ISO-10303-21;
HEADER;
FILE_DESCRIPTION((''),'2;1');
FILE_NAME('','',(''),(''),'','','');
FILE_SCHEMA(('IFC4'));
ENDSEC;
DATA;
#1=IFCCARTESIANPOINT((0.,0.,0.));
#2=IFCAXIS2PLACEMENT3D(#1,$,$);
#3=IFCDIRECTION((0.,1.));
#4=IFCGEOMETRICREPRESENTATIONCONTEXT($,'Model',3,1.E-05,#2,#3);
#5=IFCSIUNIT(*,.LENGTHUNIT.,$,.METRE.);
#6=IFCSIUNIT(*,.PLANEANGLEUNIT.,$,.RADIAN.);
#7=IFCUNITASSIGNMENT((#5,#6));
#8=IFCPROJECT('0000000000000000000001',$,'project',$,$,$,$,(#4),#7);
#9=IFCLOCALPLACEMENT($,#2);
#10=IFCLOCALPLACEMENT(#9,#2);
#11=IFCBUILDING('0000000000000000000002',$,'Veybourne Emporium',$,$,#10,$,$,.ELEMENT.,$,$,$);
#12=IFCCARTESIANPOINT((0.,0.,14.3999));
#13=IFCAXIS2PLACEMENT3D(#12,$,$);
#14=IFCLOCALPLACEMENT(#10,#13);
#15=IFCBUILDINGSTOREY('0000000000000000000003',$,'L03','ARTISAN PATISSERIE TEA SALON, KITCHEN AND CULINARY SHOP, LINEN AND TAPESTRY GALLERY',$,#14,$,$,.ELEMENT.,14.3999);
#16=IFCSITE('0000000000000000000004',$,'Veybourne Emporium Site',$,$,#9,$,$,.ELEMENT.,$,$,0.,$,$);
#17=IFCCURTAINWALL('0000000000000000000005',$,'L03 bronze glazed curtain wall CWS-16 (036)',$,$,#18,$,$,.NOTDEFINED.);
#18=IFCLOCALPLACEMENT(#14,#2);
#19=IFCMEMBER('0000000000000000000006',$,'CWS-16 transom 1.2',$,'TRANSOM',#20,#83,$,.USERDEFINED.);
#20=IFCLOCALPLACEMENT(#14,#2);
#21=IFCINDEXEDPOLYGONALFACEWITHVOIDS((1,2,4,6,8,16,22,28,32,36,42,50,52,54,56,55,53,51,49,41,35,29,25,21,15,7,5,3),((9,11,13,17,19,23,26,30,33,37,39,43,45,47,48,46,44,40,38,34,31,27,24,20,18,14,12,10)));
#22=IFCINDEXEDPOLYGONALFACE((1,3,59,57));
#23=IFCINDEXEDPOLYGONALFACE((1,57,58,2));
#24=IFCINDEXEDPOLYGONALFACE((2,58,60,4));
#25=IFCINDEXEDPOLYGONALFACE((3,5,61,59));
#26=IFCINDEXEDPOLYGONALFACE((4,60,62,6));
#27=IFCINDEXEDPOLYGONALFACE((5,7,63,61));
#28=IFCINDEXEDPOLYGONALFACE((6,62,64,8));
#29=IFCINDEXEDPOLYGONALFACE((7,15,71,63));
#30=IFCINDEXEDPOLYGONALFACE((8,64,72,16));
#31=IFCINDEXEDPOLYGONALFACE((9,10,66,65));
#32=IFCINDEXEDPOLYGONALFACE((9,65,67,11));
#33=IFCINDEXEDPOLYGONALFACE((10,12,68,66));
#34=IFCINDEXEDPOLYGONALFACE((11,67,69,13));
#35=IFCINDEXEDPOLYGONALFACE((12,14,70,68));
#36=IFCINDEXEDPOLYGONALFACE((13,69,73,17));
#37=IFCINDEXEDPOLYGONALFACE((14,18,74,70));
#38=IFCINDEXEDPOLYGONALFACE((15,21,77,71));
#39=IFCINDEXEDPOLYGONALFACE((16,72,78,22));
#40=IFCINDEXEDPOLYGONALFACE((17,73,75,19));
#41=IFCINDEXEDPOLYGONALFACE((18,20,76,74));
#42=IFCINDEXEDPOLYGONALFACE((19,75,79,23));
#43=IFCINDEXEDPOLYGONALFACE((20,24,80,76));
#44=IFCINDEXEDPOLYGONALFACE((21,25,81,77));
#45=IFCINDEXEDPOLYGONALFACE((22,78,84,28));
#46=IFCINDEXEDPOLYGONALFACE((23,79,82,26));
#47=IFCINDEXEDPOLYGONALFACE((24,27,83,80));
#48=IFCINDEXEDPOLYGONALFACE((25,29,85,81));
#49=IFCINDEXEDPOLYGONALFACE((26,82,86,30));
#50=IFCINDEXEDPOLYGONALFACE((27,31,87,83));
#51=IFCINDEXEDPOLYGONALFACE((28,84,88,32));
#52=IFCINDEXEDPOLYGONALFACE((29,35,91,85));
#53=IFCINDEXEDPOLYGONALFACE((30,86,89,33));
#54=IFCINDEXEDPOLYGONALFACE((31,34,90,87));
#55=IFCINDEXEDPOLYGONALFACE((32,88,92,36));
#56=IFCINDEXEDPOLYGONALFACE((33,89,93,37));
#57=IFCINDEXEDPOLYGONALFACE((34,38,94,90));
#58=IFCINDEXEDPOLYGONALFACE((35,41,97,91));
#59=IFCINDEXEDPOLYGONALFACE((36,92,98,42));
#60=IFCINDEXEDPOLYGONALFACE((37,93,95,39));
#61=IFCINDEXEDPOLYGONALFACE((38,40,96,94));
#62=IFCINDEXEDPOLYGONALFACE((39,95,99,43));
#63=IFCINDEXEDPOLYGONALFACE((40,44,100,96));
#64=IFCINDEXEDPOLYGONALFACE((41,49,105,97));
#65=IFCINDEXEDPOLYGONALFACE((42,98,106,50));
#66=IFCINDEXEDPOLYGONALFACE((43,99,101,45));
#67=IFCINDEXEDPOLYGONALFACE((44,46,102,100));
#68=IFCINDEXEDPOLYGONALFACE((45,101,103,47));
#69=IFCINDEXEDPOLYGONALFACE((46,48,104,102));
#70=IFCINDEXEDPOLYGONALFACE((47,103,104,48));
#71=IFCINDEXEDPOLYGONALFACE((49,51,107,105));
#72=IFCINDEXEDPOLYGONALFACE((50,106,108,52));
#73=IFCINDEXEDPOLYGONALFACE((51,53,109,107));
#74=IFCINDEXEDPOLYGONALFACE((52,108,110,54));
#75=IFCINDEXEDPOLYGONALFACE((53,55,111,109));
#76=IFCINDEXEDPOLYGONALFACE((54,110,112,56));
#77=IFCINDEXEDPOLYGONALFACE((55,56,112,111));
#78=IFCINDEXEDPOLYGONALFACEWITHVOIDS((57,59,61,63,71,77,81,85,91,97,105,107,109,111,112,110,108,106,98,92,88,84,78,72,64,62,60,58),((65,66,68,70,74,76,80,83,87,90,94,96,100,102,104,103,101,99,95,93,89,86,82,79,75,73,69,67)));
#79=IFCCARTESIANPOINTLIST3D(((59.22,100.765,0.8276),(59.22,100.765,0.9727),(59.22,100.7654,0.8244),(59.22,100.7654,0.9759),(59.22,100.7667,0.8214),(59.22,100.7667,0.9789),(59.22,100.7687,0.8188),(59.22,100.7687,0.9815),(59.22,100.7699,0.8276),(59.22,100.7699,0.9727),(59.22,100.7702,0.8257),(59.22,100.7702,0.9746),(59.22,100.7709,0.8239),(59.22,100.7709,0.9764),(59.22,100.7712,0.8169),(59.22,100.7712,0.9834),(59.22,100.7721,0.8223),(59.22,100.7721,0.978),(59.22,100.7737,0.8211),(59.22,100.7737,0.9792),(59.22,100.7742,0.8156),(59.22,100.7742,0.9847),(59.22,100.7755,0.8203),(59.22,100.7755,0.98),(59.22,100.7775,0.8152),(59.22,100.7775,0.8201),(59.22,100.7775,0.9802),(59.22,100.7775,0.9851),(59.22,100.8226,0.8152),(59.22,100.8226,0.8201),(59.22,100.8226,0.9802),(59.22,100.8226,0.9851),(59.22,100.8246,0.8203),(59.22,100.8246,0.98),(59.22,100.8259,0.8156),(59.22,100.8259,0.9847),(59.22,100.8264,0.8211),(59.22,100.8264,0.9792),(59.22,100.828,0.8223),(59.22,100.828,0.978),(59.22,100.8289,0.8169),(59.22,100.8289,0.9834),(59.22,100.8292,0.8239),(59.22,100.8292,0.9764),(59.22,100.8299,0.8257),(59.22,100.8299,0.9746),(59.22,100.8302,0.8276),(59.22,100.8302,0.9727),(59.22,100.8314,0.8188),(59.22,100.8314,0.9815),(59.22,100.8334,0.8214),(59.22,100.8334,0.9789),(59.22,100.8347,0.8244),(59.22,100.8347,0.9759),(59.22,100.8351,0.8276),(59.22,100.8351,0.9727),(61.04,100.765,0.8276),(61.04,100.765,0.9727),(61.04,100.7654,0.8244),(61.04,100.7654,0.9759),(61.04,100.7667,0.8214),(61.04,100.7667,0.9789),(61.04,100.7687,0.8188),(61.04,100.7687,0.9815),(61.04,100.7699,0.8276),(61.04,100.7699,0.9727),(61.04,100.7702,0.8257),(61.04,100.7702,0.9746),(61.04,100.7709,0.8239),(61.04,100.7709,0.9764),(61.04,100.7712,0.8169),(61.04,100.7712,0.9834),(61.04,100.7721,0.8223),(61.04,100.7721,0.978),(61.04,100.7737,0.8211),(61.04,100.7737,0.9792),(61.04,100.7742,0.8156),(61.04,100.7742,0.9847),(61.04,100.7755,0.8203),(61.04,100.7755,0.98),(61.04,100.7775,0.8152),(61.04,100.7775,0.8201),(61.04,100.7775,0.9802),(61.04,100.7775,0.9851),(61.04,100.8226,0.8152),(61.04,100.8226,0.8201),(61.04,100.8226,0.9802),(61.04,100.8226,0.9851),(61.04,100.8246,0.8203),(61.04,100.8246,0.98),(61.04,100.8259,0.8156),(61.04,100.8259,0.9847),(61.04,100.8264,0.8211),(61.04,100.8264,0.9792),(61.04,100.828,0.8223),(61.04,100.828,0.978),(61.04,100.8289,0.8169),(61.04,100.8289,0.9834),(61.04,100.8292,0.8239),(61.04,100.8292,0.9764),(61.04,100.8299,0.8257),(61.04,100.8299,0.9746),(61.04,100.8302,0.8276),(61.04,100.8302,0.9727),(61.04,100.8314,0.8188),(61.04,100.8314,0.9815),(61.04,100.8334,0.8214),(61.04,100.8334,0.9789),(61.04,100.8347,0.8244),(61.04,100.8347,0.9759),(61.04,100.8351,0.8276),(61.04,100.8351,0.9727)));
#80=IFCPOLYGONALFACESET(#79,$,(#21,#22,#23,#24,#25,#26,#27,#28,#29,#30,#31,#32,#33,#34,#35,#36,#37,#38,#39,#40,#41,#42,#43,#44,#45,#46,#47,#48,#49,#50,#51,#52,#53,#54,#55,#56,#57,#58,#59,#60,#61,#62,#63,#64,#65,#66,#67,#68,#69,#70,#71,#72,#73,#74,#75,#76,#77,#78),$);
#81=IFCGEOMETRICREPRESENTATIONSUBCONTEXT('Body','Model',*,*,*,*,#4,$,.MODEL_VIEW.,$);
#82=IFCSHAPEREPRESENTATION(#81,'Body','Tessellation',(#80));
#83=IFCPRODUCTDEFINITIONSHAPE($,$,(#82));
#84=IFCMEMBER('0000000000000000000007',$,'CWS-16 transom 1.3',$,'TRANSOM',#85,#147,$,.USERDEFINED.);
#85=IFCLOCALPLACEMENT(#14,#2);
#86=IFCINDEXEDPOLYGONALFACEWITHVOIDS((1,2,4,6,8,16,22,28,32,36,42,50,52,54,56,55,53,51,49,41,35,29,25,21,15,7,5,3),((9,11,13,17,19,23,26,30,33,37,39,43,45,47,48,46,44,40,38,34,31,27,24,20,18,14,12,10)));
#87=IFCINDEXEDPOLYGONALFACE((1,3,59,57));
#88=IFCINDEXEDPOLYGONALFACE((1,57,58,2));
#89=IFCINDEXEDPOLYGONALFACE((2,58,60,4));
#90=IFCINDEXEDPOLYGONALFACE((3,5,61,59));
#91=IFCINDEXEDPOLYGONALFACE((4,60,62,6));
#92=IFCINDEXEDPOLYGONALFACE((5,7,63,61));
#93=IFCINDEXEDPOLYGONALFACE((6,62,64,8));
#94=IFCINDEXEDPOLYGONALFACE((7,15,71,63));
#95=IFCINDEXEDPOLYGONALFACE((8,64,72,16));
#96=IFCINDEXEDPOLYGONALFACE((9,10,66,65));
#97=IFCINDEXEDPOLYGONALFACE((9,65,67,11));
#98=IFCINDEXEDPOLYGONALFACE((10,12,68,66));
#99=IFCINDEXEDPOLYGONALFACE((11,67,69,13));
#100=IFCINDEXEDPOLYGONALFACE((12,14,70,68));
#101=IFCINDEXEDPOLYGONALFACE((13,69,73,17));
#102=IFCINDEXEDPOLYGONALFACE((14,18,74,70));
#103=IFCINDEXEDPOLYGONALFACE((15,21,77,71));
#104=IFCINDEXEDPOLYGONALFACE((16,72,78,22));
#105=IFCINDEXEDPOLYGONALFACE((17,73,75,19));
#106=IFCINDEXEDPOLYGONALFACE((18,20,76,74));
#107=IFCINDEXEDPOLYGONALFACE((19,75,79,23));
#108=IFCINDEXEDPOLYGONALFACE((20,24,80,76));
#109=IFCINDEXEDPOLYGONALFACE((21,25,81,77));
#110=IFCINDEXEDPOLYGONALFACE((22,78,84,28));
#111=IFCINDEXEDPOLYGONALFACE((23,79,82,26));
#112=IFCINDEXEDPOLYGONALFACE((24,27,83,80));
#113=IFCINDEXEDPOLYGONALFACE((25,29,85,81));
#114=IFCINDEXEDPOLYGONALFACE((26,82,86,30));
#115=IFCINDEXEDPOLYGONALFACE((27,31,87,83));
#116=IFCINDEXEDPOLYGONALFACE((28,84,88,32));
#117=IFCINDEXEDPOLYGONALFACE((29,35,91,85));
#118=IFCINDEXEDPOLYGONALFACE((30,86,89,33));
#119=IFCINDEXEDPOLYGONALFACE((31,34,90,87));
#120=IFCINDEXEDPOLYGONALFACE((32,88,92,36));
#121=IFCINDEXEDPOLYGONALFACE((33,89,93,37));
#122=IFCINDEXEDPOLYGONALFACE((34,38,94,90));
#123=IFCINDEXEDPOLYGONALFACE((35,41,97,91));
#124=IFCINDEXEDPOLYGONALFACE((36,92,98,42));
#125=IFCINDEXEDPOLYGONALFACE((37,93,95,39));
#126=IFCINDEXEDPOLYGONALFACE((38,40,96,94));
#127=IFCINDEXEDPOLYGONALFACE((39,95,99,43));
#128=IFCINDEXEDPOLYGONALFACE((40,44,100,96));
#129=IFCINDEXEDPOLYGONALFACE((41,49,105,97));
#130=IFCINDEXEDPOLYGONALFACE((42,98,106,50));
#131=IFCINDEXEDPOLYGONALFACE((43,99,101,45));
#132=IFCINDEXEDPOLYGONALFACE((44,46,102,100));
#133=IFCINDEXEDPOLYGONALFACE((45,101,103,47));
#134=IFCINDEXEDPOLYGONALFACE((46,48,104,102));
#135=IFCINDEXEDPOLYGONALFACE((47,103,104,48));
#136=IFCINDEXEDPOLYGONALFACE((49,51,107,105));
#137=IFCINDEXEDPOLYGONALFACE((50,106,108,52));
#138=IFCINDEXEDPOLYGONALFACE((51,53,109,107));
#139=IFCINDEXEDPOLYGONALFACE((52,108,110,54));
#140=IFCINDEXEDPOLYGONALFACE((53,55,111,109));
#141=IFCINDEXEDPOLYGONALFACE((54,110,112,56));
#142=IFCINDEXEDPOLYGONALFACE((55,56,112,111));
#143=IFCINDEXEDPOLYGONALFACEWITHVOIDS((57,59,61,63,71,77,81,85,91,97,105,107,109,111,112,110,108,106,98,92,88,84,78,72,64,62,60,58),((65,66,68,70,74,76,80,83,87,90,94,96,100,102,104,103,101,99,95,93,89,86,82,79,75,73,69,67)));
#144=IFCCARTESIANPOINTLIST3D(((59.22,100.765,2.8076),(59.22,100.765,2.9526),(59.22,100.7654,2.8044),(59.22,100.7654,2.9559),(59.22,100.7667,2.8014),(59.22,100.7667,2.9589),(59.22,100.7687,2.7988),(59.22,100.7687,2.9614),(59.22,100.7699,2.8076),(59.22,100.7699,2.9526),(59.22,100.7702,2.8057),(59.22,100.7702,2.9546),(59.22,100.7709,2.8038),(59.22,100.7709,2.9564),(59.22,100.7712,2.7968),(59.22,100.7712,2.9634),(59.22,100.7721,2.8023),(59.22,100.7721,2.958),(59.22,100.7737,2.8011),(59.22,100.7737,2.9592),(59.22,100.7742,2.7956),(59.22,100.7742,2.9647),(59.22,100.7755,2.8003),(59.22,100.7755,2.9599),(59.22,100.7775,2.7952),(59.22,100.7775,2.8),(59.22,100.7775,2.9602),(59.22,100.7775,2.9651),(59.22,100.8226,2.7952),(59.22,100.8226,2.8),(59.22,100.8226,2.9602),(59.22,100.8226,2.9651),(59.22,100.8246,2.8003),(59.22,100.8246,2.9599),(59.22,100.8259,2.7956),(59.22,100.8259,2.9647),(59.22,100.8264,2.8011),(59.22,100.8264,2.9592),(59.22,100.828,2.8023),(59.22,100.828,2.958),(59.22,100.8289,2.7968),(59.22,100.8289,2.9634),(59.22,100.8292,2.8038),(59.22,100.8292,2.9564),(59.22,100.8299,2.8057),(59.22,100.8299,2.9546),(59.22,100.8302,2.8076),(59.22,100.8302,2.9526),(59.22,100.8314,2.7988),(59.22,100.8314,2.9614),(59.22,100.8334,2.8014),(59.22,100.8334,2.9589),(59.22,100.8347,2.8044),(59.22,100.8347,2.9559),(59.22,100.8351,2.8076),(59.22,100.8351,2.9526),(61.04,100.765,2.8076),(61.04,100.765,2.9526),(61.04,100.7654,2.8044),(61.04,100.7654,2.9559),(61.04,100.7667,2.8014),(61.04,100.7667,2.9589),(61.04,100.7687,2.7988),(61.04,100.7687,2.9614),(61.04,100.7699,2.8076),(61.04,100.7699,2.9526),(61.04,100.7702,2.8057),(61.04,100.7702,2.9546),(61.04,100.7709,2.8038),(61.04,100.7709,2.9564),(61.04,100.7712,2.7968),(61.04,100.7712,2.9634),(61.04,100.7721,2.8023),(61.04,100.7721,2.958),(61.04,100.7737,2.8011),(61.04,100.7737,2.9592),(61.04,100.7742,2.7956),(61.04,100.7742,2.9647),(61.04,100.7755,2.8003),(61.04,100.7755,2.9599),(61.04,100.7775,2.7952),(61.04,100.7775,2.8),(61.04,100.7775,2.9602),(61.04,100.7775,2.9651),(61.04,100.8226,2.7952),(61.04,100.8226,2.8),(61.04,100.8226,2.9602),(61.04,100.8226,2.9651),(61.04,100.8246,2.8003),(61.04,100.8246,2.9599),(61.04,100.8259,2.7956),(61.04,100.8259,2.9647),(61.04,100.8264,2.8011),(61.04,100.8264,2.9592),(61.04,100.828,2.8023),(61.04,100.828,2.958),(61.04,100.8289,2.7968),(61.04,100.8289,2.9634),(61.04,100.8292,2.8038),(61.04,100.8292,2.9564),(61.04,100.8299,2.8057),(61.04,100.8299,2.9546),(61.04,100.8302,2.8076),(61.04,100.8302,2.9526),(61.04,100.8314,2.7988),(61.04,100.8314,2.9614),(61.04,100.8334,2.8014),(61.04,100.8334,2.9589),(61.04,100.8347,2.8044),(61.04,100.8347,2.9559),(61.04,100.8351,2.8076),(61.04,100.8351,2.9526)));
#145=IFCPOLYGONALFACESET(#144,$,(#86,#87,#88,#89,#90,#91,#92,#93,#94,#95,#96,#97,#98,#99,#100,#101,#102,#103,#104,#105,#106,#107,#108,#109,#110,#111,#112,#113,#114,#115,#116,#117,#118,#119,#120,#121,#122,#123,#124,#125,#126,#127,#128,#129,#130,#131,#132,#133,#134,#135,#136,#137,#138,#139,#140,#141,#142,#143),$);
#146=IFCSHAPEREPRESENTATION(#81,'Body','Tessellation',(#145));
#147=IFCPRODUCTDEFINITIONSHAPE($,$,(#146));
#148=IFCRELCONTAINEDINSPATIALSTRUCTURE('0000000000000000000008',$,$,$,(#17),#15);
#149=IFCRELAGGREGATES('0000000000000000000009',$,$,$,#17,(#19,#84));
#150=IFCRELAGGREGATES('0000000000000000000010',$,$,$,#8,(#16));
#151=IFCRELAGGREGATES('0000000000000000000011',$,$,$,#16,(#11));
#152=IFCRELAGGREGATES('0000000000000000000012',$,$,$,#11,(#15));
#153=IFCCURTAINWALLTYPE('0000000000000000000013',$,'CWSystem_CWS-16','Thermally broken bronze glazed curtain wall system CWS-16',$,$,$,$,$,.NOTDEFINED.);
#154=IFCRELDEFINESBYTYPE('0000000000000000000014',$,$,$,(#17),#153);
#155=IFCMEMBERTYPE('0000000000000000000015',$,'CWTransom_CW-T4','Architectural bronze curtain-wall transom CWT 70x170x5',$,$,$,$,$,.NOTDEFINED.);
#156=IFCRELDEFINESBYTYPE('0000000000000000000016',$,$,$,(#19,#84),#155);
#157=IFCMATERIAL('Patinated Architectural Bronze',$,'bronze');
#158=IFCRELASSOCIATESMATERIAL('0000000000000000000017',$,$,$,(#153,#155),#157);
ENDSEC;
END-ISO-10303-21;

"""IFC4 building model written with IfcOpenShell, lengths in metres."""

from ifc_helpers import new_model, si_unit, direction, frame, origin, origin_2d, place, context, subcontext, project, spatial, hollow_rectangle, extrude, material, material_profile, profile_set, type_object, element, aggregate, save


model = new_model("IFC4")

# Units and contexts
model_context = context("Model", 3, precision=1e-05, world=origin(), true_north=direction((0.0, 1.0)))
body_context = subcontext(model_context, "Body", "Model", "MODEL_VIEW")
ifc_project = project(units=[si_unit("LENGTHUNIT", "METRE"), si_unit("PLANEANGLEUNIT", "RADIAN")], contexts=[model_context])

# Site, building, storey
site_placement = place(None, origin())
site = spatial("IfcSite", under=ifc_project, at=site_placement, Name="Veybourne Emporium Site", CompositionType="ELEMENT", RefElevation=0.0)
building_placement = place(site_placement, origin())
building = spatial("IfcBuilding", under=site, at=building_placement, Name="Veybourne Emporium", CompositionType="ELEMENT")
storey_placement = place(building_placement, frame((0.0, 0.0, 14.3999)))
storey = spatial("IfcBuildingStorey", under=building, at=storey_placement, Name="L03", Description="ARTISAN PATISSERIE TEA SALON, KITCHEN AND CULINARY SHOP, LINEN AND TAPESTRY GALLERY", CompositionType="ELEMENT", Elevation=14.3999)

# Shared definitions
ifc_material_1 = material(Name="Patinated Architectural Bronze", Category="bronze")

# Curtain wall
curtain_wall_type_1 = type_object("IfcCurtainWallType", Name="CWSystem_CWS-16", Description="Thermally broken bronze glazed curtain wall system CWS-16", PredefinedType="NOTDEFINED", material=ifc_material_1)
curtain_wall_1_placement = place(storey_placement, origin())
curtain_wall_1 = element("IfcCurtainWall", 1, at=curtain_wall_1_placement, inside=storey, type_object=curtain_wall_type_1, Name="L03 bronze glazed curtain wall CWS-16 (036)", PredefinedType="NOTDEFINED")

# Members
ifc_material_profile_1 = material_profile(ifc_material_1, hollow_rectangle(XDim=0.0701, YDim=0.1699, WallThickness=0.0049, InnerFilletRadius=0.0076, OuterFilletRadius=0.0125, at=origin_2d()), Name="CWT 70x170x5")
ifc_profile_set_1 = profile_set([ifc_material_profile_1], Name="Patinated Architectural Bronze")
member_type_1 = type_object("IfcMemberType", Name="CWTransom_CW-T4", Description="Architectural bronze curtain-wall transom CWT 70x170x5", PredefinedType="NOTDEFINED", material=ifc_profile_set_1)
member_1_placement = place(storey_placement, frame((59.22, 100.8, 0.9001), z_axis=(1.0, 0.0, 0.0), x_axis=(0.0, 1.0, 0.0)))
member_1 = element("IfcMember", 2, at=member_1_placement, type_object=member_type_1, Name="CWS-16 transom 1.2", ObjectType="TRANSOM", PredefinedType="USERDEFINED", context=body_context, shape_type="SweptSolid", body=[
    extrude(hollow_rectangle(XDim=0.0701, YDim=0.1699, WallThickness=0.0049, InnerFilletRadius=0.0076, OuterFilletRadius=0.0125, at=origin_2d()), origin(), (0.0, 0.0, 1.0), 1.8201),
])
member_2_placement = place(storey_placement, frame((59.22, 100.8, 2.8801), z_axis=(1.0, 0.0, 0.0), x_axis=(0.0, 1.0, 0.0)))
member_2 = element("IfcMember", 3, at=member_2_placement, type_object=member_type_1, Name="CWS-16 transom 1.3", ObjectType="TRANSOM", PredefinedType="USERDEFINED", context=body_context, shape_type="SweptSolid", body=[
    extrude(hollow_rectangle(XDim=0.0701, YDim=0.1699, WallThickness=0.0049, InnerFilletRadius=0.0076, OuterFilletRadius=0.0125, at=origin_2d()), origin(), (0.0, 0.0, 1.0), 1.8201),
])

aggregate(curtain_wall_1, [member_1, member_2])

save(model, "model.ifc")
